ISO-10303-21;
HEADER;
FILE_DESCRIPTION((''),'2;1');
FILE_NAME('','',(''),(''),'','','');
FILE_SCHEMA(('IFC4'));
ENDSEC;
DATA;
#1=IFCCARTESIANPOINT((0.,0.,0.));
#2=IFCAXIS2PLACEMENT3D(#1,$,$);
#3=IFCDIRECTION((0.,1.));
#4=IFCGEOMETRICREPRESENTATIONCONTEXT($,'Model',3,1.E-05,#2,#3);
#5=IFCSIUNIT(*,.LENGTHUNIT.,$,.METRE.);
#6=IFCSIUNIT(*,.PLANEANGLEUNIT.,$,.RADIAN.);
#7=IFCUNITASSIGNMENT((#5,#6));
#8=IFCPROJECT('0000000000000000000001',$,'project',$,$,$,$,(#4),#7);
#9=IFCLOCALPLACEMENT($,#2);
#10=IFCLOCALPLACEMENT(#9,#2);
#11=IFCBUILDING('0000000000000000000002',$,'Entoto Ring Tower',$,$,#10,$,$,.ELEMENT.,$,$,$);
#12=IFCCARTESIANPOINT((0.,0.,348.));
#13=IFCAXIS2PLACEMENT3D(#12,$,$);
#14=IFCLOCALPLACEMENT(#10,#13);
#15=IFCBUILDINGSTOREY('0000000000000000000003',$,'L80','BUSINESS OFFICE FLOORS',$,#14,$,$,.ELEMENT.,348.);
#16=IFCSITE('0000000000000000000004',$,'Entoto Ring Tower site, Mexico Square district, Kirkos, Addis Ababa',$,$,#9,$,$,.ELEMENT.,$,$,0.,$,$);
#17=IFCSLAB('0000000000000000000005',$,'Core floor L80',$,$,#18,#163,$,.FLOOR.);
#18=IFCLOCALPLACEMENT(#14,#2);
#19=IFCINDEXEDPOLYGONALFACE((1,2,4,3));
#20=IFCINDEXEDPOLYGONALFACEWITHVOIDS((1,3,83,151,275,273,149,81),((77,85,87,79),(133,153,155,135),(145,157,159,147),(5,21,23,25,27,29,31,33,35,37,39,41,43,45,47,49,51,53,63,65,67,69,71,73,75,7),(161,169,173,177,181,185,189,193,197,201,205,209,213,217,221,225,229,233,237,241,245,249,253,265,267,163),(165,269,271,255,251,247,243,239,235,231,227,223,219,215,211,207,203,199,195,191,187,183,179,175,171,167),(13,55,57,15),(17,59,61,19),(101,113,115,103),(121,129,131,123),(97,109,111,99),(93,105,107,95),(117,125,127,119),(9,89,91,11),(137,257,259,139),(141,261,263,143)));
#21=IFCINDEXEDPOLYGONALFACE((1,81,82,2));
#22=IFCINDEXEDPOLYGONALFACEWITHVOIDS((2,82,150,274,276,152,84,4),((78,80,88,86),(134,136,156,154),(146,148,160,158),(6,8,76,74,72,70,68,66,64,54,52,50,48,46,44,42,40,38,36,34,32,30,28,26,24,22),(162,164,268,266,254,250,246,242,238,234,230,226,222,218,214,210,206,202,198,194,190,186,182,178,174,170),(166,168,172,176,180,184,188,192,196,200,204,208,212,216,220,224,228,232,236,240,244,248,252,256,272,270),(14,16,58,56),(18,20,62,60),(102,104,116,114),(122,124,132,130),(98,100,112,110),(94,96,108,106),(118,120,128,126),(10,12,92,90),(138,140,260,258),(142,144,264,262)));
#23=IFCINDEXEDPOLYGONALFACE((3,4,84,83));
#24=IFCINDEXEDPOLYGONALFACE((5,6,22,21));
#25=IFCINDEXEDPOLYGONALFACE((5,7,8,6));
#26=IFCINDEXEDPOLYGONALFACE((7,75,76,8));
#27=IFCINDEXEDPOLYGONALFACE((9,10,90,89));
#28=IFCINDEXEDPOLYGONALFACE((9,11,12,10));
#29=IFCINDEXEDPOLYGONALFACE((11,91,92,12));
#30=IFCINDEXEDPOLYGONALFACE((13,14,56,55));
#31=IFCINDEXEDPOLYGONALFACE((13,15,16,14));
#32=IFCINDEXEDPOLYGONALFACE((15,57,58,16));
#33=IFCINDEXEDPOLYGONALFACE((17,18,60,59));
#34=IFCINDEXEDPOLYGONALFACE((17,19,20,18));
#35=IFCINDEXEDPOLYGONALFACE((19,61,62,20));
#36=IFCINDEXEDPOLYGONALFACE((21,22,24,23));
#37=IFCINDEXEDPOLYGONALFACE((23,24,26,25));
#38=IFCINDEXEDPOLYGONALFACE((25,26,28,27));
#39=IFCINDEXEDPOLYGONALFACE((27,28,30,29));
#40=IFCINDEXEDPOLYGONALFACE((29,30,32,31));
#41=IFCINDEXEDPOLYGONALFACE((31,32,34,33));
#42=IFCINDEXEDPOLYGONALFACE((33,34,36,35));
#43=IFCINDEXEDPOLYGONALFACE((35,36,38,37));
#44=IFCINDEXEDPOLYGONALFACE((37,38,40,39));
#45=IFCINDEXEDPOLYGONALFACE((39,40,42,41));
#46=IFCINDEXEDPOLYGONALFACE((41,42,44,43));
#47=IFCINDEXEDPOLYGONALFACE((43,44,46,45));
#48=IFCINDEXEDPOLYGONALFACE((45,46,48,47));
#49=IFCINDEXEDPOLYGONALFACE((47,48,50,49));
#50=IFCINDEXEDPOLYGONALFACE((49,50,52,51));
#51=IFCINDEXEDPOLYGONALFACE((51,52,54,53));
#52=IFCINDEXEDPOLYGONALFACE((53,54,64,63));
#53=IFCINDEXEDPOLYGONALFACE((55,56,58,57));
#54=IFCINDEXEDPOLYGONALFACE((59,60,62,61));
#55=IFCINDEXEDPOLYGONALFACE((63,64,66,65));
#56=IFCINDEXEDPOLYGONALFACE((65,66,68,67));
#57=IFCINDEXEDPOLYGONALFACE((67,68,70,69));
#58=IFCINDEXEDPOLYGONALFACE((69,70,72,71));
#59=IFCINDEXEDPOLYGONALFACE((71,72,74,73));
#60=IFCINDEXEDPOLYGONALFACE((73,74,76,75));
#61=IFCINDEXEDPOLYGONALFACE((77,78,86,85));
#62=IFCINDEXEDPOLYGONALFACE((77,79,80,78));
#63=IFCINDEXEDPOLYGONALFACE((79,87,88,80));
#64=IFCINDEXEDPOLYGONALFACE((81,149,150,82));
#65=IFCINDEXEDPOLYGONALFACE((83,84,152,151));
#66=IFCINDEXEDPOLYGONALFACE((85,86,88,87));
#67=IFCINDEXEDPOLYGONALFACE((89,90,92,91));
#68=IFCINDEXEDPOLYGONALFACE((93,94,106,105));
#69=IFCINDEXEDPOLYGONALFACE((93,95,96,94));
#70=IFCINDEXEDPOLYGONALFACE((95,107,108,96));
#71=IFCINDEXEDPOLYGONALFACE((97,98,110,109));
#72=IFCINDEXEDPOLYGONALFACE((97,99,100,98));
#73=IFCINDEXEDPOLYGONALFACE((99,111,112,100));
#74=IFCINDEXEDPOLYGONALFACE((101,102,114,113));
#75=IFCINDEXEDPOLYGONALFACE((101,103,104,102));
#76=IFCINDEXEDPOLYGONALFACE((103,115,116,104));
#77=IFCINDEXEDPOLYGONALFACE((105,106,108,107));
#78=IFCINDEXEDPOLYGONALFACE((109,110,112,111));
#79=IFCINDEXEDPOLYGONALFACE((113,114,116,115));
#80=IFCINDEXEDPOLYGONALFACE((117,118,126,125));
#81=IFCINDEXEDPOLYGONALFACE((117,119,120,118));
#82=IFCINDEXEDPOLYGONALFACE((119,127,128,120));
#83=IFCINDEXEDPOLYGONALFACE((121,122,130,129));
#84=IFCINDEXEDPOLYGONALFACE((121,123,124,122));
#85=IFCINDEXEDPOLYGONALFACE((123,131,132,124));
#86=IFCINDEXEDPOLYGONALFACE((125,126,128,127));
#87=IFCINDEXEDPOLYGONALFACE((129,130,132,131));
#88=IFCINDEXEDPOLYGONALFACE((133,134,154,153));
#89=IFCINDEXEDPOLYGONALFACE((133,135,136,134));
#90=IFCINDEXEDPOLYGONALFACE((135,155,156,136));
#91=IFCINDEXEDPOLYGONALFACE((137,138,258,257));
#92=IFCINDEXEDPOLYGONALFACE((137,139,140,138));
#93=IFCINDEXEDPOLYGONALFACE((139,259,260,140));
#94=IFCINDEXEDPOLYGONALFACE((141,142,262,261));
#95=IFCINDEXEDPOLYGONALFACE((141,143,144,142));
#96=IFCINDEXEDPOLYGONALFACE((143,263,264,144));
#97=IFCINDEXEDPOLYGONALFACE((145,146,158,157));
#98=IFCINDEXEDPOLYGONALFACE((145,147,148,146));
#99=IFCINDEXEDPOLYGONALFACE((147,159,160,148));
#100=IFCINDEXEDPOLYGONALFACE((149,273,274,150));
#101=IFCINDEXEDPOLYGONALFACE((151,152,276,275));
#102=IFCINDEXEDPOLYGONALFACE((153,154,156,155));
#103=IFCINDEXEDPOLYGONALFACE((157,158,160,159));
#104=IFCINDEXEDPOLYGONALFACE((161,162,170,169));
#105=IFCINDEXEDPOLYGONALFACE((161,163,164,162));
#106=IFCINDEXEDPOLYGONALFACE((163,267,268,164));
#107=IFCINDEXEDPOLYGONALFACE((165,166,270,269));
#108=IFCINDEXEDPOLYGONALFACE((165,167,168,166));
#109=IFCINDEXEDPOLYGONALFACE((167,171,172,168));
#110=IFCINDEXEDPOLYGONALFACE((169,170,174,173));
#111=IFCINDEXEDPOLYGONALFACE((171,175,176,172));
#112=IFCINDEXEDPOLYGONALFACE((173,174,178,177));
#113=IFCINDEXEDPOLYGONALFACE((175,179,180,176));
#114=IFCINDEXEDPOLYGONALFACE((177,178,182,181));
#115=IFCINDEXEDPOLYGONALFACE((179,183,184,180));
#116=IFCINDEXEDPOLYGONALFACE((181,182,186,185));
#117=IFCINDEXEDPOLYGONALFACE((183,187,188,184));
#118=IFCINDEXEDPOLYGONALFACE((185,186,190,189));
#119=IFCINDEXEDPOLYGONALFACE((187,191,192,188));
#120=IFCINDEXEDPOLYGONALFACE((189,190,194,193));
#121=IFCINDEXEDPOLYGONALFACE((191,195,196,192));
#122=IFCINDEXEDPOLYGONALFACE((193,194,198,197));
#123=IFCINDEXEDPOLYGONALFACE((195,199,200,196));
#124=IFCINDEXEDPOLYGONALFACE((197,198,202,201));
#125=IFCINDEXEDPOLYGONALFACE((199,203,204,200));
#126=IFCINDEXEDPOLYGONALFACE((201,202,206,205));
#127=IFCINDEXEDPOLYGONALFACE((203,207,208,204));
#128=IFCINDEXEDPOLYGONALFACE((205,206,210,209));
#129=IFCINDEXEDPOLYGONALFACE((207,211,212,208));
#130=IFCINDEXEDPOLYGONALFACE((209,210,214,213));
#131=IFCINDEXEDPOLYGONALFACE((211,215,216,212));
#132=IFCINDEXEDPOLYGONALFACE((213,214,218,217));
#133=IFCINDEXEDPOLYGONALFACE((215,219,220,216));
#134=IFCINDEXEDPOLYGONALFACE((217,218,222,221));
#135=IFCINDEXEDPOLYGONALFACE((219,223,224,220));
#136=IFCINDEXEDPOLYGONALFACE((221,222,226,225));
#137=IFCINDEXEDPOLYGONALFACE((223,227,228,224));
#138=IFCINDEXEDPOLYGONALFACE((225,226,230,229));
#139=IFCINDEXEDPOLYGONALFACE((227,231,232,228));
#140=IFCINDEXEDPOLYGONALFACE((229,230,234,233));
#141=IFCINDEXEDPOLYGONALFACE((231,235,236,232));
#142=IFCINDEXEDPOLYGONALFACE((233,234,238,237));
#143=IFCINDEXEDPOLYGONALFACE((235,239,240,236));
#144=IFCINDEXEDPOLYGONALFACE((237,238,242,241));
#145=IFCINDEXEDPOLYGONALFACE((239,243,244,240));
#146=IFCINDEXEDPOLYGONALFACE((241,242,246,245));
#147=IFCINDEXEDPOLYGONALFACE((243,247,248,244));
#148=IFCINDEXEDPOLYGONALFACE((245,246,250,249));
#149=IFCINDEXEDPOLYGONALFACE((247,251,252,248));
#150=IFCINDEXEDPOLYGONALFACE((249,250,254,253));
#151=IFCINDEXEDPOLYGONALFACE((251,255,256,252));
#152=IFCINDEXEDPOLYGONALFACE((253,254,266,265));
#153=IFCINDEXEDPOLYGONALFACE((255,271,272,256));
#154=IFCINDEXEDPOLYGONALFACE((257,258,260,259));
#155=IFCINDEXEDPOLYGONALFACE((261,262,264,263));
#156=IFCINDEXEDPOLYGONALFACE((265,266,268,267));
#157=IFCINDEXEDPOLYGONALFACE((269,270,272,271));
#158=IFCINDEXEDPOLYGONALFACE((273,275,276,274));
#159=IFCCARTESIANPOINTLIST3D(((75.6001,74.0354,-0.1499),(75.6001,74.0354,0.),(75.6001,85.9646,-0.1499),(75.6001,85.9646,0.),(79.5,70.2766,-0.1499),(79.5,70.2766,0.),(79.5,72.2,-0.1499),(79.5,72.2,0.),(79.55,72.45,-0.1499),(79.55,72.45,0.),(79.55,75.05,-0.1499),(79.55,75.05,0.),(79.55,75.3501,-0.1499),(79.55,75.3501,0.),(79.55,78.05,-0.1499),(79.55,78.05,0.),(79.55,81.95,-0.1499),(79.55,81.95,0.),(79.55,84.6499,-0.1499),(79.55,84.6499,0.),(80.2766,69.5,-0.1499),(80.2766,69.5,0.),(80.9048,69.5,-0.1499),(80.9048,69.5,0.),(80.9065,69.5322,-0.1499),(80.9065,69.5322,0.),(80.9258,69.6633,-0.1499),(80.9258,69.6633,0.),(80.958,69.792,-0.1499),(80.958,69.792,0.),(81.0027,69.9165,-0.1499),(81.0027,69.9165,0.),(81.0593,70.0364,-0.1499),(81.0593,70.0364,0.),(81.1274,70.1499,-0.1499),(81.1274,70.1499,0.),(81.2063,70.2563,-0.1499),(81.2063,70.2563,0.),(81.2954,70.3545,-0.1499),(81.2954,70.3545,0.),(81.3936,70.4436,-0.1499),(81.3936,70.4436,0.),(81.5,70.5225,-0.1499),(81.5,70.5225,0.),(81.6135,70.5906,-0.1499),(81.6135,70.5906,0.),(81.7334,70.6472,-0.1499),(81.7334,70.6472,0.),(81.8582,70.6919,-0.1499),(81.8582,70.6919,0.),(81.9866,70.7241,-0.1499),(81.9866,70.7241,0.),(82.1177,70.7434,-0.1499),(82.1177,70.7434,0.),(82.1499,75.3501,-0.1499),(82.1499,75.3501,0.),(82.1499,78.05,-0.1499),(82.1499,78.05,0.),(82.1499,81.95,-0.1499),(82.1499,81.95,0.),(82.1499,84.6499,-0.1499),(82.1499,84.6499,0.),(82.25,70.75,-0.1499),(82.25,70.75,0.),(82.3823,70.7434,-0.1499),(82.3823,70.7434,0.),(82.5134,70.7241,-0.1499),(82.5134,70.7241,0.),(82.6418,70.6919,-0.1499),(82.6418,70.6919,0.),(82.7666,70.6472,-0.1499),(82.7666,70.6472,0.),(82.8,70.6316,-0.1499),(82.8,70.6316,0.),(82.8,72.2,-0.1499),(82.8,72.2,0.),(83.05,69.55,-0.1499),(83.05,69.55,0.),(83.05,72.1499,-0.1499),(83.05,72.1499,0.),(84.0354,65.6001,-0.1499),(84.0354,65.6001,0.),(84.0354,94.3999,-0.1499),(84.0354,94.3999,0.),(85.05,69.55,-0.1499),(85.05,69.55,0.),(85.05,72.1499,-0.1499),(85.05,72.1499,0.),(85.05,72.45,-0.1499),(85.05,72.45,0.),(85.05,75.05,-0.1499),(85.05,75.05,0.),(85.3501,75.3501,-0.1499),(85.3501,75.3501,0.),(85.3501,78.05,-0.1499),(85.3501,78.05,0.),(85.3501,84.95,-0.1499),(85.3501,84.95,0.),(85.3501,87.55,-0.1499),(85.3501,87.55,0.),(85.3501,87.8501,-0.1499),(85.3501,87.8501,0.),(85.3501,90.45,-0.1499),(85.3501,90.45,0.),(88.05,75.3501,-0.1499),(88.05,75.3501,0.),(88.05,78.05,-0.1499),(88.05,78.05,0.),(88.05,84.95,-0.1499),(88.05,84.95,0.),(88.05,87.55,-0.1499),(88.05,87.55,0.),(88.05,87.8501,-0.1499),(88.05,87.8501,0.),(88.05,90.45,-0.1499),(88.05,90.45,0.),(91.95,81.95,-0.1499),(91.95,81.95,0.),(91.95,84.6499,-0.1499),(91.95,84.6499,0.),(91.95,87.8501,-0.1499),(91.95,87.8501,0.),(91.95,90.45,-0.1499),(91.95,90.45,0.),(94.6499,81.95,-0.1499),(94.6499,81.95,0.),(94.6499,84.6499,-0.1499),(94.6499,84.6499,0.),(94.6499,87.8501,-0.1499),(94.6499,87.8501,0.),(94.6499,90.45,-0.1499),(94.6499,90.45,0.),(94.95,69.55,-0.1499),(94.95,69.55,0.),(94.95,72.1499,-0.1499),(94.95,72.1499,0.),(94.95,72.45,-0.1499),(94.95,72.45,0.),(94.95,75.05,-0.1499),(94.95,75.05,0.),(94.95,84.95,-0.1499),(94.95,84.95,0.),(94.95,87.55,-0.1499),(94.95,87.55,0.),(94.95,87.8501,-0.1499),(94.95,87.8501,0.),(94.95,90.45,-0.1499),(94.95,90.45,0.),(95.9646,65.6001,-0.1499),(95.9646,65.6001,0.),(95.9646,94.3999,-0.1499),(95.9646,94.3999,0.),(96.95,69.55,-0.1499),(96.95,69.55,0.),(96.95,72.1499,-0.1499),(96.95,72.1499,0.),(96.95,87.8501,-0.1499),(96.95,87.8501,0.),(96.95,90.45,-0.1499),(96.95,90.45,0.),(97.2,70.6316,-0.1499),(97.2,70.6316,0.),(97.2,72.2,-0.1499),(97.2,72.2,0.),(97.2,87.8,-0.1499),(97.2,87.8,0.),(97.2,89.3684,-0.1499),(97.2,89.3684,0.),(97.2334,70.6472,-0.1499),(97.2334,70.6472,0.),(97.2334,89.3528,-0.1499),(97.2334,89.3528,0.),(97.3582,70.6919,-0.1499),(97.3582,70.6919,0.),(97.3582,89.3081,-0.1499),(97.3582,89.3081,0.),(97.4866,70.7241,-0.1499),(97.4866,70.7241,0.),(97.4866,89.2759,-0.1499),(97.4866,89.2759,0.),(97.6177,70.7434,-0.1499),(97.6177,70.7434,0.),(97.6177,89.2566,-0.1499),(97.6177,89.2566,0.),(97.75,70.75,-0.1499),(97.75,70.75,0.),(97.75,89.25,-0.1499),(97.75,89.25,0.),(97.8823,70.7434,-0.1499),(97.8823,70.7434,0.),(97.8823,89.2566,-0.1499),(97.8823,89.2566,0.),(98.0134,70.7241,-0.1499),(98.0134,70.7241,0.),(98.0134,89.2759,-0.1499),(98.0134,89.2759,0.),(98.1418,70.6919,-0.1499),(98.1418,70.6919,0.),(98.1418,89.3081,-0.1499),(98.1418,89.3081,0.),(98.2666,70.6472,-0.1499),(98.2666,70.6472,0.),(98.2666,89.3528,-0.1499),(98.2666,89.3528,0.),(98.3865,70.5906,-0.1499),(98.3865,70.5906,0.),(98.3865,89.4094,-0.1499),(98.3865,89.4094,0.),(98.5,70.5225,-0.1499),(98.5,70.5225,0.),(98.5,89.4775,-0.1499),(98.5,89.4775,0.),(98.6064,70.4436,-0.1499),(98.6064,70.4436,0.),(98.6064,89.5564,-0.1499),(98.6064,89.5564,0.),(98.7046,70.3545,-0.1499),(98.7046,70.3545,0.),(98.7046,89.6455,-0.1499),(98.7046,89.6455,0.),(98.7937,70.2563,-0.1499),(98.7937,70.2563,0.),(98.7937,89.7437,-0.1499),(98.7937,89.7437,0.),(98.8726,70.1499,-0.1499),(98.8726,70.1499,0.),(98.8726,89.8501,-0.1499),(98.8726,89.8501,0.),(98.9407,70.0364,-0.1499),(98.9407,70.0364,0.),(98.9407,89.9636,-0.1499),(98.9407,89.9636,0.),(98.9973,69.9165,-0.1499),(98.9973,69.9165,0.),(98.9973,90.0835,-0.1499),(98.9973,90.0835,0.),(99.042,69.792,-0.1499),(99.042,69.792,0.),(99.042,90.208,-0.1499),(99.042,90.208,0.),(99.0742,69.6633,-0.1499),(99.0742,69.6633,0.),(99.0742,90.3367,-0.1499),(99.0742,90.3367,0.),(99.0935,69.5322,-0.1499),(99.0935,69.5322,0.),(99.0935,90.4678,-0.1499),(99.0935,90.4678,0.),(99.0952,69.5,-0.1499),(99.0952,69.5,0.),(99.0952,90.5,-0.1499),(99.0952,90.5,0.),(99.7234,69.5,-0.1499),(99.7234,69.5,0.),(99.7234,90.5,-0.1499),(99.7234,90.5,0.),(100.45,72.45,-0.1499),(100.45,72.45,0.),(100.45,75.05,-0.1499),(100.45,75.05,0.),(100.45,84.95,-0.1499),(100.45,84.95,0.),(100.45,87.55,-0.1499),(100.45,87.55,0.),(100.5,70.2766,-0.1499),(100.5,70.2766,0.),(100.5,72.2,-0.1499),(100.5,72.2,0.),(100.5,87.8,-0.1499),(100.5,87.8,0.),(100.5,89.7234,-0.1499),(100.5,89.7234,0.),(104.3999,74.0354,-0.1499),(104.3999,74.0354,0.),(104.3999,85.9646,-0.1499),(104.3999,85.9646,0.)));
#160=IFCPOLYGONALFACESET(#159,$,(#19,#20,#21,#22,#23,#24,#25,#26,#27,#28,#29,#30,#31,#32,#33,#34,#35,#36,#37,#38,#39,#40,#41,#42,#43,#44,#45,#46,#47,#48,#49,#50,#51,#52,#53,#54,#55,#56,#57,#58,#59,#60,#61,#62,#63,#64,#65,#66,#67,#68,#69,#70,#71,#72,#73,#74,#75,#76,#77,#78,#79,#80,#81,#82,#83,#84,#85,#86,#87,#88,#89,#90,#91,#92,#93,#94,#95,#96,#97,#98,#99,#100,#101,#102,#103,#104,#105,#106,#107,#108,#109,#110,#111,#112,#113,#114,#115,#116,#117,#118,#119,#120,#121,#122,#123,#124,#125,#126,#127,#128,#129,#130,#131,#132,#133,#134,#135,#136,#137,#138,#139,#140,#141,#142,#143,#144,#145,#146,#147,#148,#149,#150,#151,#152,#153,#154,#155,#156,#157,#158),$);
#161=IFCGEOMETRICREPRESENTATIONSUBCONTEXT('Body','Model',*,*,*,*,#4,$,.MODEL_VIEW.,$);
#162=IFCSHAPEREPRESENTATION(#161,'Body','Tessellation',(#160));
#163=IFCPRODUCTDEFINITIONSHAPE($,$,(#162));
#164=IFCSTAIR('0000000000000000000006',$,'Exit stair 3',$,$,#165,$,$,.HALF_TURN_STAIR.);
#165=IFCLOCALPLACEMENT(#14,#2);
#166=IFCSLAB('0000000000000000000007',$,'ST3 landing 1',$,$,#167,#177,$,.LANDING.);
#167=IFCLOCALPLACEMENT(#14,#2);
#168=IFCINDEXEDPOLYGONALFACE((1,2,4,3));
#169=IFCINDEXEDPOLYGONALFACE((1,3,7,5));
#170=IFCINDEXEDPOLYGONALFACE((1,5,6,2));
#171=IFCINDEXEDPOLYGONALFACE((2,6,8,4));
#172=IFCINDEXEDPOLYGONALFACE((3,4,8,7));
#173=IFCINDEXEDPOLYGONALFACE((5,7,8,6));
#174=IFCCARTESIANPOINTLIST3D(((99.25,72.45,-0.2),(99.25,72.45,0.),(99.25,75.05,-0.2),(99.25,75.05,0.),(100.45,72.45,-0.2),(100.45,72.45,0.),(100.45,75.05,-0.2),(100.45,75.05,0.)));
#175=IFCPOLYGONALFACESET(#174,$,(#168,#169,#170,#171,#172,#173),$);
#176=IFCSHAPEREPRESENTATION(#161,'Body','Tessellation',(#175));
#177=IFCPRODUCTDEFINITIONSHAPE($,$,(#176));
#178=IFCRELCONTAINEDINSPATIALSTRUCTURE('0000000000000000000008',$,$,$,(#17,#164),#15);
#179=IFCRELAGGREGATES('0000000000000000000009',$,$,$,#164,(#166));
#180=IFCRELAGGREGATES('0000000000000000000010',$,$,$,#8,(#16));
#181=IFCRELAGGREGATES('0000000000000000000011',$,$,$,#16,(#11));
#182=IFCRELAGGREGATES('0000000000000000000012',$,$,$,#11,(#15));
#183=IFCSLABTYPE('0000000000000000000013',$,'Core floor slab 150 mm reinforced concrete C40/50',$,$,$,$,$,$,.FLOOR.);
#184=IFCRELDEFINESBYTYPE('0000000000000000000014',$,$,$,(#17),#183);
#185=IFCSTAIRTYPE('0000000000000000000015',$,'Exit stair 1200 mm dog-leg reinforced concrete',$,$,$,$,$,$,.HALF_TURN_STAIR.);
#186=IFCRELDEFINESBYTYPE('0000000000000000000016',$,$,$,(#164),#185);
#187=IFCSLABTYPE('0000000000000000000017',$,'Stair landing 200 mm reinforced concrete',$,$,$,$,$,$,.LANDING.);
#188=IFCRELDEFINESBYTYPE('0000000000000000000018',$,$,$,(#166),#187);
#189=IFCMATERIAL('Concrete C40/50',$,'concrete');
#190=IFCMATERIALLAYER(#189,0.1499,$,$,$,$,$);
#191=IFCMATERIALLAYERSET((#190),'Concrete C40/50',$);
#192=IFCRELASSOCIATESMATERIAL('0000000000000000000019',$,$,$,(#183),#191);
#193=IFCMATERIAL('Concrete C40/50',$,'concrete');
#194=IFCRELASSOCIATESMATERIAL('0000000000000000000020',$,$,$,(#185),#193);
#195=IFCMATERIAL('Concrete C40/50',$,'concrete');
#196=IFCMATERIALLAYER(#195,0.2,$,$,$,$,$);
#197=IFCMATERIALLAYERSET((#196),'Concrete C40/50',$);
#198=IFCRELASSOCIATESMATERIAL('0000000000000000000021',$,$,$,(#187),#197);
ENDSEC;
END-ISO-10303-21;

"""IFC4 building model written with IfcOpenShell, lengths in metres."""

from ifc_helpers import new_model, si_unit, direction, frame, origin, place, context, subcontext, project, spatial, polyline, outline, extrude, material, layer, layer_set, type_object, element, aggregate, save


model = new_model("IFC4")

# Units and contexts
model_context = context("Model", 3, precision=1e-05, world=origin(), true_north=direction((0.0, 1.0)))
body_context = subcontext(model_context, "Body", "Model", "MODEL_VIEW")
ifc_project = project(units=[si_unit("LENGTHUNIT", "METRE"), si_unit("PLANEANGLEUNIT", "RADIAN")], contexts=[model_context])

# Site, building, storey
site_placement = place(None, origin())
site = spatial("IfcSite", under=ifc_project, at=site_placement, Name="Entoto Ring Tower site, Mexico Square district, Kirkos, Addis Ababa", CompositionType="ELEMENT", RefElevation=0.0)
building_placement = place(site_placement, origin())
building = spatial("IfcBuilding", under=site, at=building_placement, Name="Entoto Ring Tower", CompositionType="ELEMENT")
storey_placement = place(building_placement, frame((0.0, 0.0, 348.0)))
storey = spatial("IfcBuildingStorey", under=building, at=storey_placement, Name="L80", Description="BUSINESS OFFICE FLOORS", CompositionType="ELEMENT", Elevation=348.0)

# Slab
ifc_material_1 = material(Name="Concrete C40/50", Category="concrete")
ifc_layer_1 = layer(ifc_material_1, 0.1499)
ifc_layer_set_1 = layer_set([ifc_layer_1], Name="Concrete C40/50")
slab_type_1 = type_object("IfcSlabType", Name="Core floor slab 150 mm reinforced concrete C40/50", PredefinedType="FLOOR", material=ifc_layer_set_1)
slab_1_placement = place(storey_placement, frame((0.0, 0.0, -0.1499)))
element("IfcSlab", 1, at=slab_1_placement, inside=storey, type_object=slab_type_1, Name="Core floor L80", PredefinedType="FLOOR", context=body_context, shape_type="SweptSolid", body=[
    extrude(outline(polyline([(104.3999, 74.0354), (104.3999, 85.9646), (95.9646, 94.3999), (84.0354, 94.3999), (75.6001, 85.9646), (75.6001, 74.0354), (84.0354, 65.6001), (95.9646, 65.6001), (104.3999, 74.0354)]), holes=[polyline([(100.45, 84.95), (100.45, 87.55), (94.95, 87.55), (94.95, 84.95), (100.45, 84.95)]), polyline([(85.05, 72.45), (85.05, 75.05), (79.55, 75.05), (79.55, 72.45), (85.05, 72.45)]), polyline([(100.45, 72.45), (100.45, 75.05), (94.95, 75.05), (94.95, 72.45), (100.45, 72.45)]), polyline([(94.95, 90.45), (94.95, 87.8501), (96.95, 87.8501), (96.95, 90.45), (94.95, 90.45)]), polyline([(94.95, 72.1499), (94.95, 69.55), (96.95, 69.55), (96.95, 72.1499), (94.95, 72.1499)]), polyline([(83.05, 72.1499), (83.05, 69.55), (85.05, 69.55), (85.05, 72.1499), (83.05, 72.1499)]), polyline([(79.55, 81.95), (82.1499, 81.95), (82.1499, 84.6499), (79.55, 84.6499), (79.55, 81.95)]), polyline([(79.55, 75.3501), (82.1499, 75.3501), (82.1499, 78.05), (79.55, 78.05), (79.55, 75.3501)]), polyline([(91.95, 87.8501), (94.6499, 87.8501), (94.6499, 90.45), (91.95, 90.45), (91.95, 87.8501)]), polyline([(91.95, 81.95), (94.6499, 81.95), (94.6499, 84.6499), (91.95, 84.6499), (91.95, 81.95)]), polyline([(85.3501, 75.3501), (88.05, 75.3501), (88.05, 78.05), (85.3501, 78.05), (85.3501, 75.3501)]), polyline([(85.3501, 84.95), (88.05, 84.95), (88.05, 87.55), (85.3501, 87.55), (85.3501, 84.95)]), polyline([(85.3501, 87.8501), (88.05, 87.8501), (88.05, 90.45), (85.3501, 90.45), (85.3501, 87.8501)]), polyline([(97.2, 89.3684), (97.2, 87.8), (100.5, 87.8), (100.5, 89.7234), (99.7234, 90.5), (99.0952, 90.5), (99.0935, 90.4678), (99.0742, 90.3367), (99.042, 90.208), (98.9973, 90.0835), (98.9407, 89.9636), (98.8726, 89.8501), (98.7937, 89.7437), (98.7046, 89.6455), (98.6064, 89.5564), (98.5, 89.4775), (98.3865, 89.4094), (98.2666, 89.3528), (98.1418, 89.3081), (98.0134, 89.2759), (97.8823, 89.2566), (97.75, 89.25), (97.6177, 89.2566), (97.4866, 89.2759), (97.3582, 89.3081), (97.2334, 89.3528), (97.2, 89.3684)]), polyline([(80.2766, 69.5), (80.9048, 69.5), (80.9065, 69.5322), (80.9258, 69.6633), (80.958, 69.792), (81.0027, 69.9165), (81.0593, 70.0364), (81.1274, 70.1499), (81.2063, 70.2563), (81.2954, 70.3545), (81.3936, 70.4436), (81.5, 70.5225), (81.6135, 70.5906), (81.7334, 70.6472), (81.8582, 70.6919), (81.9866, 70.7241), (82.1177, 70.7434), (82.25, 70.75), (82.3823, 70.7434), (82.5134, 70.7241), (82.6418, 70.6919), (82.7666, 70.6472), (82.8, 70.6316), (82.8, 72.2), (79.5, 72.2), (79.5, 70.2766), (80.2766, 69.5)]), polyline([(99.0952, 69.5), (99.7234, 69.5), (100.5, 70.2766), (100.5, 72.2), (97.2, 72.2), (97.2, 70.6316), (97.2334, 70.6472), (97.3582, 70.6919), (97.4866, 70.7241), (97.6177, 70.7434), (97.75, 70.75), (97.8823, 70.7434), (98.0134, 70.7241), (98.1418, 70.6919), (98.2666, 70.6472), (98.3865, 70.5906), (98.5, 70.5225), (98.6064, 70.4436), (98.7046, 70.3545), (98.7937, 70.2563), (98.8726, 70.1499), (98.9407, 70.0364), (98.9973, 69.9165), (99.042, 69.792), (99.0742, 69.6633), (99.0935, 69.5322), (99.0952, 69.5)])]), origin(), (0.0, 0.0, 1.0), 0.1499),
])

# Stair, slab
ifc_material_2 = material(Name="Concrete C40/50", Category="concrete")
stair_type = type_object("IfcStairType", Name="Exit stair 1200 mm dog-leg reinforced concrete", PredefinedType="HALF_TURN_STAIR", material=ifc_material_2)
stair_placement = place(storey_placement, origin())
stair = element("IfcStair", 2, at=stair_placement, inside=storey, type_object=stair_type, Name="Exit stair 3", PredefinedType="HALF_TURN_STAIR")
ifc_material_3 = material(Name="Concrete C40/50", Category="concrete")
ifc_layer_2 = layer(ifc_material_3, 0.2)
ifc_layer_set_2 = layer_set([ifc_layer_2], Name="Concrete C40/50")
slab_type_2 = type_object("IfcSlabType", Name="Stair landing 200 mm reinforced concrete", PredefinedType="LANDING", material=ifc_layer_set_2)
slab_2_placement = place(storey_placement, frame((0.0, 0.0, -0.2)))
slab_2 = element("IfcSlab", 3, at=slab_2_placement, type_object=slab_type_2, Name="ST3 landing 1", PredefinedType="LANDING", context=body_context, shape_type="SweptSolid", body=[
    extrude(outline(polyline([(100.45, 72.45), (100.45, 75.05), (99.25, 75.05), (99.25, 72.45), (100.45, 72.45)])), origin(), (0.0, 0.0, 1.0), 0.2),
])
aggregate(stair, [slab_2])

save(model, "model.ifc")
